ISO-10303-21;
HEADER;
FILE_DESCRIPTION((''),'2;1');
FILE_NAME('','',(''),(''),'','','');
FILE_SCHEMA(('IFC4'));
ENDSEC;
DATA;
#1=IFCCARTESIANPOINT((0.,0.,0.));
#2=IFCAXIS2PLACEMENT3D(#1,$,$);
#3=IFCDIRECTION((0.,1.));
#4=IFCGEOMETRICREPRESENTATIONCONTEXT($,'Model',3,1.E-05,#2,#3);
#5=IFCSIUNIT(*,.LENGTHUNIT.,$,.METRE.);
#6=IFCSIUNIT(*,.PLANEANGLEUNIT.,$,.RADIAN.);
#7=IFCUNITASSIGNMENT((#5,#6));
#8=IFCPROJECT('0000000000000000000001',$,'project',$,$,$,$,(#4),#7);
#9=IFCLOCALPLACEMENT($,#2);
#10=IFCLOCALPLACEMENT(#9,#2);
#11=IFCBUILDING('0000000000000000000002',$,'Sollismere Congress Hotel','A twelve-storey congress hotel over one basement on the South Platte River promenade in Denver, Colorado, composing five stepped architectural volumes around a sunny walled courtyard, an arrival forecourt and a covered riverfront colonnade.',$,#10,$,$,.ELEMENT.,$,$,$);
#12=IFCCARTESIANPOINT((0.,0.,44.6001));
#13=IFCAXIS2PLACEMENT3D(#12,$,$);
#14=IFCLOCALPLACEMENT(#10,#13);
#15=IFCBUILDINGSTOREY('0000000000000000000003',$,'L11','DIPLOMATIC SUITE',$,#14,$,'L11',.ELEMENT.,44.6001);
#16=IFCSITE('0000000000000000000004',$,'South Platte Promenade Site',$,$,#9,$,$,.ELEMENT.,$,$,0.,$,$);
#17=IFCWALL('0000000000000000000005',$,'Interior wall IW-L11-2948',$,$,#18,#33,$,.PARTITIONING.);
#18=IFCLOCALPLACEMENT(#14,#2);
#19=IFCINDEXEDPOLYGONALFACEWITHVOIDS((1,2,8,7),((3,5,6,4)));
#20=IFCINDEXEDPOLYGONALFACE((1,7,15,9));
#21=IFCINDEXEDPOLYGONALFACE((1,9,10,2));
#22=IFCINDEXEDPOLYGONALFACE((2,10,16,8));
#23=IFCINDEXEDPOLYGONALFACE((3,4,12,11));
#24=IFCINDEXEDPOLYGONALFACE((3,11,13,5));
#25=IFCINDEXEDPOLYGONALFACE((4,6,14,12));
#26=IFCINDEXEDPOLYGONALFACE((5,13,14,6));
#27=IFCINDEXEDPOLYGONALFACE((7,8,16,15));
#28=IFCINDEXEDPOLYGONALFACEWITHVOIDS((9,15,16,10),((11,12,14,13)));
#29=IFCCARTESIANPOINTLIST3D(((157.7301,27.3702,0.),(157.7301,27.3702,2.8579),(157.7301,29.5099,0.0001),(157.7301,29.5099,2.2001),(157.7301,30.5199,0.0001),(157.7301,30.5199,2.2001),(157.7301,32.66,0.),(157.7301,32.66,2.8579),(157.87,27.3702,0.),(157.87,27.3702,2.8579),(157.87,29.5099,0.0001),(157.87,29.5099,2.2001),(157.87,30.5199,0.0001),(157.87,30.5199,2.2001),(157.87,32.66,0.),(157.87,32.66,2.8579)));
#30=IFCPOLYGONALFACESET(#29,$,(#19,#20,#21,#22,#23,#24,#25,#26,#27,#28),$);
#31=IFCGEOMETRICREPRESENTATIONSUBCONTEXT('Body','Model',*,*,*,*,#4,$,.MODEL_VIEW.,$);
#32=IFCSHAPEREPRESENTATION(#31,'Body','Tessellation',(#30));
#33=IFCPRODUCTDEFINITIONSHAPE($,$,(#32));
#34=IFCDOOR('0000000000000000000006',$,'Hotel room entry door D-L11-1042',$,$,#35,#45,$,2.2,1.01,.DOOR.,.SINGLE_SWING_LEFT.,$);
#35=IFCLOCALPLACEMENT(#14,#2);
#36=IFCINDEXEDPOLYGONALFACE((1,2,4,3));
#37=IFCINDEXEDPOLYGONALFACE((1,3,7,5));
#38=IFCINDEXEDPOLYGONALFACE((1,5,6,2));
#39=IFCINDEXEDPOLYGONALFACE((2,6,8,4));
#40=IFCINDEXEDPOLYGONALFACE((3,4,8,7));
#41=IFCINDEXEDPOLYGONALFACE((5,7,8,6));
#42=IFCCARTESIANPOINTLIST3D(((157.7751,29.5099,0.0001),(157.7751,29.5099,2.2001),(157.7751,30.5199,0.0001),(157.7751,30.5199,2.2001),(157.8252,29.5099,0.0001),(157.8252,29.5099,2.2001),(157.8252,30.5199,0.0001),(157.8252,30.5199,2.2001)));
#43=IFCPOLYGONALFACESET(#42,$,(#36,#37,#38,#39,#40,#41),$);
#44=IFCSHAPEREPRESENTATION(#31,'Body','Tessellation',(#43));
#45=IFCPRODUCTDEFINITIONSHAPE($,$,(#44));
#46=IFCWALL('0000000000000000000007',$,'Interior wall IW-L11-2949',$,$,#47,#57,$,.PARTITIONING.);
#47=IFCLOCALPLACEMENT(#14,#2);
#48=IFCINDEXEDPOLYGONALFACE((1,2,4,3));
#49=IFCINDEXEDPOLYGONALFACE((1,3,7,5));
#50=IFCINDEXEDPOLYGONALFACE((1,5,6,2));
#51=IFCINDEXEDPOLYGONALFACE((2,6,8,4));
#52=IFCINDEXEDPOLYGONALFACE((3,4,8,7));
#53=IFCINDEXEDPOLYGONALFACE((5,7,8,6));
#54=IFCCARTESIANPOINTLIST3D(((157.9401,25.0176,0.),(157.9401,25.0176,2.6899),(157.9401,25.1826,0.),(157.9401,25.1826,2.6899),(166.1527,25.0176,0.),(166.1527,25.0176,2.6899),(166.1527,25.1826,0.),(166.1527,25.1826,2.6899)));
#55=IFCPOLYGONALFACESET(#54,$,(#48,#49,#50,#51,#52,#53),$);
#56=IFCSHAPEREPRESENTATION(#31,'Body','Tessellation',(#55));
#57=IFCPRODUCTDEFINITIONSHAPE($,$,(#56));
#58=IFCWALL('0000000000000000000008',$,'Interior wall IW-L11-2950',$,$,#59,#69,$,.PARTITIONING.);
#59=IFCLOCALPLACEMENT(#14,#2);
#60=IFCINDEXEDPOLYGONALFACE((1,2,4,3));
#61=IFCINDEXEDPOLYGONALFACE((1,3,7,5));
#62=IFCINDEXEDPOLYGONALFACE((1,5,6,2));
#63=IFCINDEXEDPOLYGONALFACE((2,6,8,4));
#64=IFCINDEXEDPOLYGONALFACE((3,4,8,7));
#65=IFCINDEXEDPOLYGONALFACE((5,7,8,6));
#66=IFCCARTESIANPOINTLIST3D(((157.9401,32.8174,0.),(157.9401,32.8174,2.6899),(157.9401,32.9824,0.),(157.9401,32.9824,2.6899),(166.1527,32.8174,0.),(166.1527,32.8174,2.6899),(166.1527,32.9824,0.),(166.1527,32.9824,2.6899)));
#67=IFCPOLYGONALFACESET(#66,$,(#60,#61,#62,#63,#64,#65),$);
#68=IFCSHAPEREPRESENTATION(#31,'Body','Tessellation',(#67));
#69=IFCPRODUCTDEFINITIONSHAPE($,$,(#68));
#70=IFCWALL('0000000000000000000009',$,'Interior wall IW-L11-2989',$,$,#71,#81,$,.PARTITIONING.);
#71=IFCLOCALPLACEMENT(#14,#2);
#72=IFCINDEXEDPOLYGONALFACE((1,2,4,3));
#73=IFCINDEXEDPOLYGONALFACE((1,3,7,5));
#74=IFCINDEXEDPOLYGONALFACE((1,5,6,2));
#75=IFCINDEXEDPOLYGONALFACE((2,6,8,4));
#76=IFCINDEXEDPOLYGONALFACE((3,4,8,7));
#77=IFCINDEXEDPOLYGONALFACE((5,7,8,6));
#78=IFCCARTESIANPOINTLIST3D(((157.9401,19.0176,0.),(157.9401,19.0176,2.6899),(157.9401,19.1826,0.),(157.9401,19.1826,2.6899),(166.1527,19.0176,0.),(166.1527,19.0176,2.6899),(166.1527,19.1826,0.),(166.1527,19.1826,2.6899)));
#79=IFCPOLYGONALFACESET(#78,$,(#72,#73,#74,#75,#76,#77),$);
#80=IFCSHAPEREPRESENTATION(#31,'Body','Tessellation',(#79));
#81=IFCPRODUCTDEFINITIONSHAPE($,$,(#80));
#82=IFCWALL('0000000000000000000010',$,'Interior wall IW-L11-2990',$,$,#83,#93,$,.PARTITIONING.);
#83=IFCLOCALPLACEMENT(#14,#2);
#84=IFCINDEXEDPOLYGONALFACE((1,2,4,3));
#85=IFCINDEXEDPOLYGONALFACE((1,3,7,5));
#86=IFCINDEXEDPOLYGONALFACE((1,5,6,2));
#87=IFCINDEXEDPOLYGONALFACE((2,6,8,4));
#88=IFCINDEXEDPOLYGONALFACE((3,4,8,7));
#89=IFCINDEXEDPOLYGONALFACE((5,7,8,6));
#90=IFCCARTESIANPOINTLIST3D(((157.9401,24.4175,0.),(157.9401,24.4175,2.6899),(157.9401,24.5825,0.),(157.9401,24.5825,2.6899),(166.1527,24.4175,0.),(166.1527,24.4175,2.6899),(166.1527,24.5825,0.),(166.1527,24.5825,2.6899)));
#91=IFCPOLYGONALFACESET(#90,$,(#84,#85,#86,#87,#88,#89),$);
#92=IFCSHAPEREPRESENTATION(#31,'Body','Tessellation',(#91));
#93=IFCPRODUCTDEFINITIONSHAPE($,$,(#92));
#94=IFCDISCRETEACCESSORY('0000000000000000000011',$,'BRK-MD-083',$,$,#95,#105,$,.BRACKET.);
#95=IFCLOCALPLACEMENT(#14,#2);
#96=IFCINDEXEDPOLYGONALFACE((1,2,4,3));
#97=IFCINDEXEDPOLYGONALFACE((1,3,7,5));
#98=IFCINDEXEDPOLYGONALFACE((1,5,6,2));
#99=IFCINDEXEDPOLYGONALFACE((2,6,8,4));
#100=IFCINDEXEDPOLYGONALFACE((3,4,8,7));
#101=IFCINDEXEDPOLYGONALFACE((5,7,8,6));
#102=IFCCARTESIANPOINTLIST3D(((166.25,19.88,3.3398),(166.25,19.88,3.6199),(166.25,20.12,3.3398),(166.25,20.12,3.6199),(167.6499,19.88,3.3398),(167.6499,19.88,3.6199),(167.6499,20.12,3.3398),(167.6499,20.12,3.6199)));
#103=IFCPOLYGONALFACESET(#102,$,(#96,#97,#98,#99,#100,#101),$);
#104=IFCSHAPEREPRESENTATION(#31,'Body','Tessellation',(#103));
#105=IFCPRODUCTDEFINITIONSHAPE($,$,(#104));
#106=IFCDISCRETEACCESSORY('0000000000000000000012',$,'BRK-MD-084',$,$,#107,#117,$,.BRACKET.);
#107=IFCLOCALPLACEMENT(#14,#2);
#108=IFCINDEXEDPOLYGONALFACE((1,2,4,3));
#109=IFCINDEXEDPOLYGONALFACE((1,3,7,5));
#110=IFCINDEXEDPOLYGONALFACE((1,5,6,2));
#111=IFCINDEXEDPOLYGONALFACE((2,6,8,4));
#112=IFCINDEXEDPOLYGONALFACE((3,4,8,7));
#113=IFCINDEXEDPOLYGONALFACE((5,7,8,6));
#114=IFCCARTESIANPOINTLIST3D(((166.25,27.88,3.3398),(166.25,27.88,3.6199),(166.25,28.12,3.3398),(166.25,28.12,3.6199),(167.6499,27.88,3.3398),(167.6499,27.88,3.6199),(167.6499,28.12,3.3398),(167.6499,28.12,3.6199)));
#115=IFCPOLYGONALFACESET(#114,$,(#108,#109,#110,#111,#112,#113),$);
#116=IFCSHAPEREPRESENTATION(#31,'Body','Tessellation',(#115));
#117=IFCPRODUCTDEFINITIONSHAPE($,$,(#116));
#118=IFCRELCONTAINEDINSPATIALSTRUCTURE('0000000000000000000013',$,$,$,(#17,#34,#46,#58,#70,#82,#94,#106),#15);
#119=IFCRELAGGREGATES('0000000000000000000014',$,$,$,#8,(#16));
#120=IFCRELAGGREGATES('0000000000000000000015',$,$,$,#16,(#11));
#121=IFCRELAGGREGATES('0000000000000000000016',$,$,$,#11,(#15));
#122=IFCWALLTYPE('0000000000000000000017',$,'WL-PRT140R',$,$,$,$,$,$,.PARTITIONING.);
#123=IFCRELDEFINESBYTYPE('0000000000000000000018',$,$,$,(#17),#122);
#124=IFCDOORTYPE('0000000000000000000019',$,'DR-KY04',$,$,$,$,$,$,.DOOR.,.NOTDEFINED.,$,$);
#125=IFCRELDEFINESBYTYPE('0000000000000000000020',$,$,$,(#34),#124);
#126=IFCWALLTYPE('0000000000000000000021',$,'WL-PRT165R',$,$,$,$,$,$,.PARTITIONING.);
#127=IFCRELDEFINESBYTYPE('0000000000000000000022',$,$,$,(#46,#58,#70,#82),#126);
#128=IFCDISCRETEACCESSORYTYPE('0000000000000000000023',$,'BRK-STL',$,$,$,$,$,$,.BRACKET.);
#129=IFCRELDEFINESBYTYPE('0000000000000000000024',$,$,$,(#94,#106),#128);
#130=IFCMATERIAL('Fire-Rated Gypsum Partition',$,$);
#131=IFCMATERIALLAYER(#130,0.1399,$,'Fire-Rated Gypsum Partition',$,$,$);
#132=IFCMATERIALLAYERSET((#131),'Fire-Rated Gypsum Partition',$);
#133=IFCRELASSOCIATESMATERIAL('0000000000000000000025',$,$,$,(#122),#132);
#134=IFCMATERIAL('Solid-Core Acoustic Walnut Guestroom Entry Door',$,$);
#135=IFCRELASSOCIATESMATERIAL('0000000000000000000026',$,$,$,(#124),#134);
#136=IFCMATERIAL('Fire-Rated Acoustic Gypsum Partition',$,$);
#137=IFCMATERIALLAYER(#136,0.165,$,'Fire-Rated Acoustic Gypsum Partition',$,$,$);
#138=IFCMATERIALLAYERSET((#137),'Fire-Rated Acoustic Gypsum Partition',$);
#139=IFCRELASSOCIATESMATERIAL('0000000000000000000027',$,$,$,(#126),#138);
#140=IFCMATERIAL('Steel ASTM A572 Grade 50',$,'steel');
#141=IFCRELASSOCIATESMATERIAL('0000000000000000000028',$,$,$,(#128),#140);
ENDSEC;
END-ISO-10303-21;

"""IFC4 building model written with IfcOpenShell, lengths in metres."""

from ifc_helpers import new_model, si_unit, direction, frame, frame_2d, origin, origin_2d, place, context, subcontext, project, spatial, rectangle, extrude, material, layer, layer_set, type_object, element, fill, save


model = new_model("IFC4")

# Units and contexts
model_context = context("Model", 3, precision=1e-05, world=origin(), true_north=direction((0.0, 1.0)))
body_context = subcontext(model_context, "Body", "Model", "MODEL_VIEW")
ifc_project = project(units=[si_unit("LENGTHUNIT", "METRE"), si_unit("PLANEANGLEUNIT", "RADIAN")], contexts=[model_context])

# Site, building, storey
site_placement = place(None, origin())
site = spatial("IfcSite", under=ifc_project, at=site_placement, Name="South Platte Promenade Site", CompositionType="ELEMENT", RefElevation=0.0)
building_placement = place(site_placement, origin())
building = spatial("IfcBuilding", under=site, at=building_placement, Name="Sollismere Congress Hotel", Description="A twelve-storey congress hotel over one basement on the South Platte River promenade in Denver, Colorado, composing five stepped architectural volumes around a sunny walled courtyard, an arrival forecourt and a covered riverfront colonnade.", CompositionType="ELEMENT")
storey_placement = place(building_placement, frame((0.0, 0.0, 44.6001)))
storey = spatial("IfcBuildingStorey", under=building, at=storey_placement, Name="L11", Description="DIPLOMATIC SUITE", LongName="L11", CompositionType="ELEMENT", Elevation=44.6001)

# Shared definitions
ifc_material_1 = material(Name="Fire-Rated Gypsum Partition")
ifc_layer_1 = layer(ifc_material_1, 0.1399, Name="Fire-Rated Gypsum Partition")
ifc_layer_set_1 = layer_set([ifc_layer_1], Name="Fire-Rated Gypsum Partition")
wall_type_1 = type_object("IfcWallType", Name="WL-PRT140R", PredefinedType="PARTITIONING", material=ifc_layer_set_1)

# Wall, opening, door
wall_1_placement = place(storey_placement, frame((157.8, 27.3701, 0.0), z_axis=(0.0, 0.0, 1.0), x_axis=(0.0, 1.0, 0.0)))
wall_1 = element("IfcWall", 1, at=wall_1_placement, inside=storey, type_object=wall_type_1, Name="Interior wall IW-L11-2948", PredefinedType="PARTITIONING", context=body_context, shape_type="SweptSolid", body=[
    extrude(rectangle(XDim=5.2898, YDim=0.1399, at=frame_2d((2.645, 0.0))), origin(), (0.0, 0.0, 1.0), 2.8579),
])
opening_1_placement = place(wall_1_placement, frame((2.1399, 0.0, 0.0)))
opening_1 = element("IfcOpeningElement", 2, at=opening_1_placement, cuts=wall_1, PredefinedType="OPENING", context=body_context, shape_type="SweptSolid", body=[
    extrude(rectangle(XDim=1.01, YDim=2.2, at=frame_2d((0.5049, 1.1001))), frame((0.0, 0.0798, 0.0), z_axis=(0.0, -1.0, 0.0), x_axis=(1.0, 0.0, 0.0)), (0.0, 0.0, 1.0), 0.1599),
])
ifc_material_2 = material(Name="Solid-Core Acoustic Walnut Guestroom Entry Door")
door_type_1 = type_object("IfcDoorType", Name="DR-KY04", OperationType="NOTDEFINED", PredefinedType="DOOR", material=ifc_material_2)
door_1_placement = place(opening_1_placement, origin())
door_1 = element("IfcDoor", 3, at=door_1_placement, inside=storey, type_object=door_type_1, Name="Hotel room entry door D-L11-1042", OperationType="SINGLE_SWING_LEFT", OverallHeight=2.2, OverallWidth=1.01, PredefinedType="DOOR", context=body_context, shape_type="SweptSolid", body=[
    extrude(rectangle(XDim=1.01, YDim=2.2, at=frame_2d((0.5049, 1.1001))), frame((0.0, 0.0249, 0.0), z_axis=(0.0, -1.0, 0.0), x_axis=(1.0, 0.0, 0.0)), (0.0, 0.0, 1.0), 0.05),
])
fill(opening_1, door_1)

# Walls
ifc_material_3 = material(Name="Fire-Rated Acoustic Gypsum Partition")
ifc_layer_2 = layer(ifc_material_3, 0.165, Name="Fire-Rated Acoustic Gypsum Partition")
ifc_layer_set_2 = layer_set([ifc_layer_2], Name="Fire-Rated Acoustic Gypsum Partition")
wall_type_2 = type_object("IfcWallType", Name="WL-PRT165R", PredefinedType="PARTITIONING", material=ifc_layer_set_2)
for number, where, z_axis, x_axis, name in (
    (4, (157.9399, 25.1001, 0.0), (0.0, 0.0, 1.0), (1.0, 0.0, 0.0), "Interior wall IW-L11-2949"),
    (5, (157.9399, 32.8999, 0.0), (0.0, 0.0, 1.0), (1.0, 0.0, 0.0), "Interior wall IW-L11-2950"),
    (6, (157.9399, 19.1001, 0.0), (0.0, 0.0, 1.0), (1.0, 0.0, 0.0), "Interior wall IW-L11-2989"),
    (7, (157.9399, 24.5, 0.0), (0.0, 0.0, 1.0), (1.0, 0.0, 0.0), "Interior wall IW-L11-2990"),
):
    element("IfcWall", number, at=place(storey_placement, frame(where, z_axis=z_axis, x_axis=x_axis)), inside=storey, type_object=wall_type_2, Name=name, PredefinedType="PARTITIONING", context=body_context, shape_type="SweptSolid", body=[
        extrude(rectangle(XDim=8.2126, YDim=0.165, at=frame_2d((4.1064, 0.0))), origin(), (0.0, 0.0, 1.0), 2.6899),
    ])

# Discrete accessories
ifc_material_4 = material(Name="Steel ASTM A572 Grade 50", Category="steel")
discrete_accessory_type = type_object("IfcDiscreteAccessoryType", Name="BRK-STL", PredefinedType="BRACKET", material=ifc_material_4)
for number, where, z_axis, x_axis, name in (
    (8, (166.95, 20.0, 3.3398), (0.0, 0.0, 1.0), (1.0, 0.0, 0.0), "BRK-MD-083"),
    (9, (166.95, 28.0, 3.3398), (0.0, 0.0, 1.0), (1.0, 0.0, 0.0), "BRK-MD-084"),
):
    element("IfcDiscreteAccessory", number, at=place(storey_placement, frame(where, z_axis=z_axis, x_axis=x_axis)), inside=storey, type_object=discrete_accessory_type, Name=name, PredefinedType="BRACKET", context=body_context, shape_type="SweptSolid", body=[
        extrude(rectangle(XDim=1.3999, YDim=0.24, at=origin_2d()), origin(), (0.0, 0.0, 1.0), 0.28),
    ])

save(model, "model.ifc")
